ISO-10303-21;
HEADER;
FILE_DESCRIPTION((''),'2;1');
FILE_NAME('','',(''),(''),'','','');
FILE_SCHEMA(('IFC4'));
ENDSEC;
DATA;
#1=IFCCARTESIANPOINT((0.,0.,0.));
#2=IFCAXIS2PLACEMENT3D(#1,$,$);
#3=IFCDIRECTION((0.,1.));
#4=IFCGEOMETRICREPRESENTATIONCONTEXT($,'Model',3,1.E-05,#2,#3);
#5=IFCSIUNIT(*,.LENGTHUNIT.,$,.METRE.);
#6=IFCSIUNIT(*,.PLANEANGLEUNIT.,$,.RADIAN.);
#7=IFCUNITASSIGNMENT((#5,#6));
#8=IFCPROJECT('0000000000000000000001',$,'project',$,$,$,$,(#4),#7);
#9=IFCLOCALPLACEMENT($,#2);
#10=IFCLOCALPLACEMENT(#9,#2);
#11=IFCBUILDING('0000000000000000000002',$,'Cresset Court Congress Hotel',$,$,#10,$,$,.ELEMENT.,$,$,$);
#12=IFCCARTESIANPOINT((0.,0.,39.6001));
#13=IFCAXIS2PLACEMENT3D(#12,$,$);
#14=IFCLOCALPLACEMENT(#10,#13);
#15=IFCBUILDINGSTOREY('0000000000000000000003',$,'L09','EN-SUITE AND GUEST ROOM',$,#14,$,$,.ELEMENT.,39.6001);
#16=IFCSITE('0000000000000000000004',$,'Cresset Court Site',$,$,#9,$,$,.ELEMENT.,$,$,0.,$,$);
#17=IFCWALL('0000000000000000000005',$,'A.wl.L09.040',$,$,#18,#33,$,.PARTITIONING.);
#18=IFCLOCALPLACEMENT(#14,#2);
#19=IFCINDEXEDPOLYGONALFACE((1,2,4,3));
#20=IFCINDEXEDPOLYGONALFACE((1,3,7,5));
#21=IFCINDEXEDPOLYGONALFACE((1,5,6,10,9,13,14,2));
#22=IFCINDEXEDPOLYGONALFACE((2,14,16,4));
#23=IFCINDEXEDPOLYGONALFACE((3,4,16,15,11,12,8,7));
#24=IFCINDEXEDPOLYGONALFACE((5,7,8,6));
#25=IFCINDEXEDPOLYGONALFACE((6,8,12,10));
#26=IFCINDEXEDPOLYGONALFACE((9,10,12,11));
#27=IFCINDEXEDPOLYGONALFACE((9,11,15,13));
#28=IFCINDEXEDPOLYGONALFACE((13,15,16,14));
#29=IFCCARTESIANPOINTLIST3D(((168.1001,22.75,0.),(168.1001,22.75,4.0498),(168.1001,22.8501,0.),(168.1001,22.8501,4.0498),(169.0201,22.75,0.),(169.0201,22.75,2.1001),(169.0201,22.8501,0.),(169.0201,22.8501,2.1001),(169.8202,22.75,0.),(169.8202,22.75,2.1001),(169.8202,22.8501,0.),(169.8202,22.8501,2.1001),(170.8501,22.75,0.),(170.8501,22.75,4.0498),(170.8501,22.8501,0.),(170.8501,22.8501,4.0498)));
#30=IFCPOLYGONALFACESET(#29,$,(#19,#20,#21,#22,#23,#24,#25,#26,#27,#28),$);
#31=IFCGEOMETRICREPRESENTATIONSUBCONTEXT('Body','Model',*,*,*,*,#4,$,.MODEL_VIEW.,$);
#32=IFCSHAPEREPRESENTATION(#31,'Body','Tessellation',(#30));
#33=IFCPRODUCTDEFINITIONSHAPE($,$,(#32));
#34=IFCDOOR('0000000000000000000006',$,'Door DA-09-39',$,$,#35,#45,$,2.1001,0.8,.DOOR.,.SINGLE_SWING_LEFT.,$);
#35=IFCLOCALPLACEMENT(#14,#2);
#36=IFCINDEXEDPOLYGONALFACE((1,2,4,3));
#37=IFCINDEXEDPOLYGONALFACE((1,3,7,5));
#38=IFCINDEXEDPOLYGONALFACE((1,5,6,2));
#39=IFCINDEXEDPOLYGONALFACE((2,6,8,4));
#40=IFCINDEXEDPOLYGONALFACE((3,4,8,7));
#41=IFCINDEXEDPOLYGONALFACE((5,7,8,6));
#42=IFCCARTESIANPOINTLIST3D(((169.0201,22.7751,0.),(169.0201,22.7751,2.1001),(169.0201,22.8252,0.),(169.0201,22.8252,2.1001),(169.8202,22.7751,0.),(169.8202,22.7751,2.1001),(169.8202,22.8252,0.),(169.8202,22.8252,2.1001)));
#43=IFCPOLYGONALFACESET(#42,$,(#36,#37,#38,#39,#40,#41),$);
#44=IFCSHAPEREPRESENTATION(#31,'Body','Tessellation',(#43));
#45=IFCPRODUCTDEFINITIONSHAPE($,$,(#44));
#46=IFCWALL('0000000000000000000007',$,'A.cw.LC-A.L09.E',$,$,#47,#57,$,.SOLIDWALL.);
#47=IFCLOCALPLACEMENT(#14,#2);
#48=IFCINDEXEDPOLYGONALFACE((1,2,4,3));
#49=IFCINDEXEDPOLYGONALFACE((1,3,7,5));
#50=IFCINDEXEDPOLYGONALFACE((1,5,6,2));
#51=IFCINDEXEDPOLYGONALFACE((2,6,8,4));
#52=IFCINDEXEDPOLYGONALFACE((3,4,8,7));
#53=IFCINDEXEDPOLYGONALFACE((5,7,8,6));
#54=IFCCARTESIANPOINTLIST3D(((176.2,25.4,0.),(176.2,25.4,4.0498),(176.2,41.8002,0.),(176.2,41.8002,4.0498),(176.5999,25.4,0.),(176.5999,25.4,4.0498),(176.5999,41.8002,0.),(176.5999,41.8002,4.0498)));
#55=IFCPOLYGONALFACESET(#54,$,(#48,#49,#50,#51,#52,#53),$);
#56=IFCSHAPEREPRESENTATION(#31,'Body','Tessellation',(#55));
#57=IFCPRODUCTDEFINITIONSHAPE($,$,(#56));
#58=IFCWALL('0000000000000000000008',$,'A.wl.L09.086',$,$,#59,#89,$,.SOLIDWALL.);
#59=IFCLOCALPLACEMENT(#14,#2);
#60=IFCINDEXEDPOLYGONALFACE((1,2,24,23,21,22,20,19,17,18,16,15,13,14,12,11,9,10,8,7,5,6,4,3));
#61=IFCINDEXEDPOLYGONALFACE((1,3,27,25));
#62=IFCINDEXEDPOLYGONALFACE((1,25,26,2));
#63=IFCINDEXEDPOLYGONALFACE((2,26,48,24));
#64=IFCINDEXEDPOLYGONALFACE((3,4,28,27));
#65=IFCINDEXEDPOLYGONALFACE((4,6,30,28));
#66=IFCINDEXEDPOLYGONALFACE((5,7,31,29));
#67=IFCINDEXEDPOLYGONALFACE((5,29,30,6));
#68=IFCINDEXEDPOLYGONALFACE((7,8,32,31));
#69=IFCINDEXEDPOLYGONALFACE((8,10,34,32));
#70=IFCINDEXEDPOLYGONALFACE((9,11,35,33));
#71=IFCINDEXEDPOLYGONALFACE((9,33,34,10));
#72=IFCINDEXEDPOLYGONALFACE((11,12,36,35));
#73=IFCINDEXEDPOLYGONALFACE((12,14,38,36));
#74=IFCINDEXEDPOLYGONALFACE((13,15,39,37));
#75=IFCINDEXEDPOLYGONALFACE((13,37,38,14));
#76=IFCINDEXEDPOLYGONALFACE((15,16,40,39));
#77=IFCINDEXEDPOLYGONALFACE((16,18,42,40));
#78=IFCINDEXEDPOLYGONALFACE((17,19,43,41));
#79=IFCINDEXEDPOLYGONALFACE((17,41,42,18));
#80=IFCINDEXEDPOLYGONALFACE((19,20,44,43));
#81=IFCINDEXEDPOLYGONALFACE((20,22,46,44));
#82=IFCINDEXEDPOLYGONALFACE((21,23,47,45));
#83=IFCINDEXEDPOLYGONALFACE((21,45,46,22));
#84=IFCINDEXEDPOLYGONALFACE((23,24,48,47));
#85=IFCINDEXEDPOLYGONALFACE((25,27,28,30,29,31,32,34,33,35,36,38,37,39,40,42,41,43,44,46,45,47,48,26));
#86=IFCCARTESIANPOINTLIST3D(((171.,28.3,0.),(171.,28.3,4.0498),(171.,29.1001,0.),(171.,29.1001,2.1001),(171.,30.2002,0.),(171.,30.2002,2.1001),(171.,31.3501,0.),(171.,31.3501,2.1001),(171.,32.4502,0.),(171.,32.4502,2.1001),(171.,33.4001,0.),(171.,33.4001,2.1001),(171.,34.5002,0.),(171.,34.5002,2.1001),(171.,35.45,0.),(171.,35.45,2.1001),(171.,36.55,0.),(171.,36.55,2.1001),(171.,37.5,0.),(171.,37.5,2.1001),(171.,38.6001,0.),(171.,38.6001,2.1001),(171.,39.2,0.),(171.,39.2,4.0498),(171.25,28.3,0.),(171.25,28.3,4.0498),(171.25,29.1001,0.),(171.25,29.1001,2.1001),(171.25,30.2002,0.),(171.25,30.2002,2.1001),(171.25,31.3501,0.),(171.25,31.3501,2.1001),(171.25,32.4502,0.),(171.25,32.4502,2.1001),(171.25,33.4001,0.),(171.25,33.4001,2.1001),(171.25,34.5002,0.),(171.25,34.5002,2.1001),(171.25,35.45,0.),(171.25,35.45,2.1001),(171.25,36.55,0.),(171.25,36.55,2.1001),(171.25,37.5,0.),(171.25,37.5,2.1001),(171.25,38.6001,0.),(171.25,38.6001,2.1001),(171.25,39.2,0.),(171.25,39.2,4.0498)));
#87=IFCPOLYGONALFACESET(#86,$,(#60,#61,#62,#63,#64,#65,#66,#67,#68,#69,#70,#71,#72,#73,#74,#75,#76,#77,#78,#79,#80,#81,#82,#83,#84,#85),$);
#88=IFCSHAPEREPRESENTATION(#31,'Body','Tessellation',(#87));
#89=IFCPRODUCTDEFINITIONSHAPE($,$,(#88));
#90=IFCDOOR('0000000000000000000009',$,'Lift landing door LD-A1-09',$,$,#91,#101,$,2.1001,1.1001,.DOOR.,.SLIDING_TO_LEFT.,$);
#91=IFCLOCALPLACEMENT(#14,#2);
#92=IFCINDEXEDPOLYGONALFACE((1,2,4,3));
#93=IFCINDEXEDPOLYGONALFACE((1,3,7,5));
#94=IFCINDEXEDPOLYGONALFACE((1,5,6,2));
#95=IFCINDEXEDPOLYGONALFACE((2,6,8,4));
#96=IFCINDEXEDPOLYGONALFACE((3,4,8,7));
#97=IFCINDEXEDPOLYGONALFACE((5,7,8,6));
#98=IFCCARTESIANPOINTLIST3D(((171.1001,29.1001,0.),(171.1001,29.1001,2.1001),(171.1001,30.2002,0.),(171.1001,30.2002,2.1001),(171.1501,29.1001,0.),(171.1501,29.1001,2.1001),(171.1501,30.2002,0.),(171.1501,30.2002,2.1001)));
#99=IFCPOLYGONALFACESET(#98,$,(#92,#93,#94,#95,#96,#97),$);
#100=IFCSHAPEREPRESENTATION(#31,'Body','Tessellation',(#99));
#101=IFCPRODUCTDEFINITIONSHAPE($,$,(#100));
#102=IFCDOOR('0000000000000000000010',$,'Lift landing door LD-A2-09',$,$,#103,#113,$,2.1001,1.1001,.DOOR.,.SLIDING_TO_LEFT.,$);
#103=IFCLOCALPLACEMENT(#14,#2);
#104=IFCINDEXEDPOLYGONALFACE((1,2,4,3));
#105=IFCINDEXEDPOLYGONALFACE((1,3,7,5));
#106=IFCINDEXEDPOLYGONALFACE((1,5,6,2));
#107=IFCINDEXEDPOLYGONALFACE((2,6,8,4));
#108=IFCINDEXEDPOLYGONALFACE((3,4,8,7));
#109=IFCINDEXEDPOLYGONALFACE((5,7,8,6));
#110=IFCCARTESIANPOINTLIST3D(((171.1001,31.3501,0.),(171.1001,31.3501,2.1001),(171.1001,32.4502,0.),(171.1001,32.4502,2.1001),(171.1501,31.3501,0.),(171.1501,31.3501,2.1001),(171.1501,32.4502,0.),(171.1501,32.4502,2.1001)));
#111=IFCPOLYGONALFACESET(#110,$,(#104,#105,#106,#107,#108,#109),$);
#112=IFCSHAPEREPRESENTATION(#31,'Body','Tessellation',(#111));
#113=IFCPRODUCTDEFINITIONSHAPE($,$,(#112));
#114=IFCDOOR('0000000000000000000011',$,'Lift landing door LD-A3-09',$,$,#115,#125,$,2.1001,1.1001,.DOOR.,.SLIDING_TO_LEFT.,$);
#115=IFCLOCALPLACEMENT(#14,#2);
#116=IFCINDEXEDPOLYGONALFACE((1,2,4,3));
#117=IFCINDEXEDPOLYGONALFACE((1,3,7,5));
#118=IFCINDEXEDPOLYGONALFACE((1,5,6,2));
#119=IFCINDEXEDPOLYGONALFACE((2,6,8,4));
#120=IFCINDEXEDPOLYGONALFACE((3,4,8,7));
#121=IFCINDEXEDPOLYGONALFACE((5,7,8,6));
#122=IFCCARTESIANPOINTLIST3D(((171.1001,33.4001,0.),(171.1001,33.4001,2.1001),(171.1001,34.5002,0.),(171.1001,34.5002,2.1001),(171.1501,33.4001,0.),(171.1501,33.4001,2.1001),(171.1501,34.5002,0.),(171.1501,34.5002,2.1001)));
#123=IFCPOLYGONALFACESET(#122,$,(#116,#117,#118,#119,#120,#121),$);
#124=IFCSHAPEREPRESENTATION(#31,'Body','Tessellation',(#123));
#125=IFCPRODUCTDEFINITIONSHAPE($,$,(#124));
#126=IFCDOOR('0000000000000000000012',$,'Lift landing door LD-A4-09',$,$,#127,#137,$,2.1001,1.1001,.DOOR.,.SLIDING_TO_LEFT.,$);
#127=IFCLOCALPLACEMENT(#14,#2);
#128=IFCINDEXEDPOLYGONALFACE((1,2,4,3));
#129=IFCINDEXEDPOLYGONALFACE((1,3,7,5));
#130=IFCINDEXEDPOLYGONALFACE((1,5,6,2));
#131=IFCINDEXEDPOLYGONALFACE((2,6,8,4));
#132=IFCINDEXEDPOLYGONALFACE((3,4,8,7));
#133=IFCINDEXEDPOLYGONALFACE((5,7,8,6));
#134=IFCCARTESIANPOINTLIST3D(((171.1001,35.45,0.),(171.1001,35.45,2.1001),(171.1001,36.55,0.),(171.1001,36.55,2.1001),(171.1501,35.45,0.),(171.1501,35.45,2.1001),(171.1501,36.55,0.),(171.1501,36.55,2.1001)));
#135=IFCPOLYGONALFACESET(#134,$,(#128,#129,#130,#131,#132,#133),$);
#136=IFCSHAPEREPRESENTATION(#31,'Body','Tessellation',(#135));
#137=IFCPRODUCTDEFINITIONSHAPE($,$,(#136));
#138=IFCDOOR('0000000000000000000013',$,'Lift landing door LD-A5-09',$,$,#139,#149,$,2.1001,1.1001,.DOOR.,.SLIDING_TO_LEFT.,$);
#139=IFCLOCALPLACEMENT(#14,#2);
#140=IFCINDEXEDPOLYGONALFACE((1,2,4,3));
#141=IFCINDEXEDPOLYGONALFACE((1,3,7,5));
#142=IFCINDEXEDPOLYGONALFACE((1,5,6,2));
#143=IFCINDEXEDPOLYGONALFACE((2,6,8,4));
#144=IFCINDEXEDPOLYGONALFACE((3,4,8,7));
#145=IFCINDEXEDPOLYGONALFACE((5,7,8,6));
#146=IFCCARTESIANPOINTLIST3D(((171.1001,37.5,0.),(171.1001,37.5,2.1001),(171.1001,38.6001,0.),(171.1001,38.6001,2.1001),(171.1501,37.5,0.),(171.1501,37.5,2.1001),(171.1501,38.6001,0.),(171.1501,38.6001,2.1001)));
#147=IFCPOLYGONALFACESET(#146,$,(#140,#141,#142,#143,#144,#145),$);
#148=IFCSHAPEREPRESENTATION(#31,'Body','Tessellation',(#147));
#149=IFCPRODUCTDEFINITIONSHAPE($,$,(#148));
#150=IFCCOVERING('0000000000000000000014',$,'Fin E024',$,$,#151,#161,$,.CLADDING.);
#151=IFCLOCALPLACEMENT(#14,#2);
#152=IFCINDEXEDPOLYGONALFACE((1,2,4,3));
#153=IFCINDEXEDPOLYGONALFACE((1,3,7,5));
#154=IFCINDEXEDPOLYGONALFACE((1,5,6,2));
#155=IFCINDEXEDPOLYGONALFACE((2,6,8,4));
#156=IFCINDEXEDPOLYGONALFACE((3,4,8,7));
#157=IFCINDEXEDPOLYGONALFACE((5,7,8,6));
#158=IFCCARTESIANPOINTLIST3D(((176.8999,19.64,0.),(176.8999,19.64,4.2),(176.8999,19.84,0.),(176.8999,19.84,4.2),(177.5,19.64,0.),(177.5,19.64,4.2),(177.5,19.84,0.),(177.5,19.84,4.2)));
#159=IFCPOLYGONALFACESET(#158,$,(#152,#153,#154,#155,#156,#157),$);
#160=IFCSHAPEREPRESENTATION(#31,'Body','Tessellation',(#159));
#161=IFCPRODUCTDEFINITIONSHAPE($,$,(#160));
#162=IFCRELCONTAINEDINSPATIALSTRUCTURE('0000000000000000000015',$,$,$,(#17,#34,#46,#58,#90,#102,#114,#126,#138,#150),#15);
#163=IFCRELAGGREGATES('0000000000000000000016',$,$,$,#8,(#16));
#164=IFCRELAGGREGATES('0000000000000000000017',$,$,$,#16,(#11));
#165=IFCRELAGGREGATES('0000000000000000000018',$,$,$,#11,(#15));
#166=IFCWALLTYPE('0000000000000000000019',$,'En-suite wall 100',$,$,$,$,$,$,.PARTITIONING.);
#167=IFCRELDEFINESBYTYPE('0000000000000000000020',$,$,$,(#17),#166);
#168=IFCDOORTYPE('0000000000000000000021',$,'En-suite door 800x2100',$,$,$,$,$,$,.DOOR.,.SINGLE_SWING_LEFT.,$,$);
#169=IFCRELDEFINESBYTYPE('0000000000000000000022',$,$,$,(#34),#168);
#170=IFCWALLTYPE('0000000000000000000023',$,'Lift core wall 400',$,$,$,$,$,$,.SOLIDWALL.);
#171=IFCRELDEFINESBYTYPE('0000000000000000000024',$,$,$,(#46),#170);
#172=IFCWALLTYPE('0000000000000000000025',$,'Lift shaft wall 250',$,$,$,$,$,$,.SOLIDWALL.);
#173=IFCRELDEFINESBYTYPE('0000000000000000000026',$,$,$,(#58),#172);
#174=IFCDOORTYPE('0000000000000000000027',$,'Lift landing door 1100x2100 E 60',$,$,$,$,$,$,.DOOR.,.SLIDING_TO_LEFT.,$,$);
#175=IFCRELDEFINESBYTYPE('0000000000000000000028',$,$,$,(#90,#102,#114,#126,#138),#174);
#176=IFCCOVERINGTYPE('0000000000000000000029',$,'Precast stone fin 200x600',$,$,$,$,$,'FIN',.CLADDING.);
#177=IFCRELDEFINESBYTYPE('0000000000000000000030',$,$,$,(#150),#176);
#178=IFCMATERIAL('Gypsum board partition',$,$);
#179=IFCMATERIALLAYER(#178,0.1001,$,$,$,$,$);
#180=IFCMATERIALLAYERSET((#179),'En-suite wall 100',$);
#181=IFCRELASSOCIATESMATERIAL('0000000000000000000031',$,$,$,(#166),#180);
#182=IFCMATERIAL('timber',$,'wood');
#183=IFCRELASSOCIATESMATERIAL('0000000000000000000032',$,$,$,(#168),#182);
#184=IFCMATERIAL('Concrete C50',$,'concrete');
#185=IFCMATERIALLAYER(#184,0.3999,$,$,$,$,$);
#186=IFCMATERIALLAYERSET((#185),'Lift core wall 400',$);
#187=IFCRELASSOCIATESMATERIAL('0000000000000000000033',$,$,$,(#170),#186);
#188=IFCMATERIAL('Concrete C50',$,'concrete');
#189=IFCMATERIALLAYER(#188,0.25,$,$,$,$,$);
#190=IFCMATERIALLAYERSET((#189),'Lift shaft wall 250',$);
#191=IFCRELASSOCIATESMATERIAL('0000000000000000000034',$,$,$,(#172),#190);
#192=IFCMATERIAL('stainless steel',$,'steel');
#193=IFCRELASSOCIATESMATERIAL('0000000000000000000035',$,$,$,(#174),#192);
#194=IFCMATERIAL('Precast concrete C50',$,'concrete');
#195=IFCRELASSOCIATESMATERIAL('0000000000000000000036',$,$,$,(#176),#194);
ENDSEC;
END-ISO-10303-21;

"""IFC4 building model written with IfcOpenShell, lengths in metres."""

from ifc_helpers import new_model, si_unit, direction, frame, frame_2d, origin, origin_2d, place, context, subcontext, project, spatial, rectangle, extrude, material, layer, layer_set, type_object, element, fill, save


model = new_model("IFC4")

# Units and contexts
model_context = context("Model", 3, precision=1e-05, world=origin(), true_north=direction((0.0, 1.0)))
body_context = subcontext(model_context, "Body", "Model", "MODEL_VIEW")
ifc_project = project(units=[si_unit("LENGTHUNIT", "METRE"), si_unit("PLANEANGLEUNIT", "RADIAN")], contexts=[model_context])

# Site, building, storey
site_placement = place(None, origin())
site = spatial("IfcSite", under=ifc_project, at=site_placement, Name="Cresset Court Site", CompositionType="ELEMENT", RefElevation=0.0)
building_placement = place(site_placement, origin())
building = spatial("IfcBuilding", under=site, at=building_placement, Name="Cresset Court Congress Hotel", CompositionType="ELEMENT")
storey_placement = place(building_placement, frame((0.0, 0.0, 39.6001)))
storey = spatial("IfcBuildingStorey", under=building, at=storey_placement, Name="L09", Description="EN-SUITE AND GUEST ROOM", CompositionType="ELEMENT", Elevation=39.6001)

# Wall, opening, door
ifc_material_1 = material(Name="Gypsum board partition")
ifc_layer_1 = layer(ifc_material_1, 0.1001)
ifc_layer_set_1 = layer_set([ifc_layer_1], Name="En-suite wall 100")
wall_type_1 = type_object("IfcWallType", Name="En-suite wall 100", PredefinedType="PARTITIONING", material=ifc_layer_set_1)
wall_1_placement = place(storey_placement, frame((170.8501, 22.8, 0.0), z_axis=(0.0, 0.0, 1.0), x_axis=(-1.0, 0.0, 0.0)))
wall_1 = element("IfcWall", 1, at=wall_1_placement, inside=storey, type_object=wall_type_1, Name="A.wl.L09.040", PredefinedType="PARTITIONING", context=body_context, shape_type="SweptSolid", body=[
    extrude(rectangle(XDim=2.75, YDim=0.1001, at=frame_2d((1.375, 0.0))), origin(), (0.0, 0.0, 1.0), 4.0498),
])
opening_1_placement = place(wall_1_placement, frame((1.03, 0.0, 0.0)))
opening_1 = element("IfcOpeningElement", 2, at=opening_1_placement, cuts=wall_1, PredefinedType="OPENING", context=body_context, shape_type="SweptSolid", body=[
    extrude(rectangle(XDim=0.8, YDim=2.1001, at=frame_2d((0.3999, 1.05))), frame((0.0, 0.0601, 0.0), z_axis=(0.0, -1.0, 0.0), x_axis=(1.0, 0.0, 0.0)), (0.0, 0.0, 1.0), 0.1201),
])
ifc_material_2 = material(Name="timber", Category="wood")
door_type_1 = type_object("IfcDoorType", Name="En-suite door 800x2100", OperationType="SINGLE_SWING_LEFT", PredefinedType="DOOR", material=ifc_material_2)
door_1_placement = place(opening_1_placement, origin())
door_1 = element("IfcDoor", 3, at=door_1_placement, inside=storey, type_object=door_type_1, Name="Door DA-09-39", OperationType="SINGLE_SWING_LEFT", OverallHeight=2.1001, OverallWidth=0.8, PredefinedType="DOOR", context=body_context, shape_type="SweptSolid", body=[
    extrude(rectangle(XDim=0.8, YDim=2.1001, at=frame_2d((0.3999, 1.05))), frame((0.0, 0.0249, 0.0), z_axis=(0.0, -1.0, 0.0), x_axis=(1.0, 0.0, 0.0)), (0.0, 0.0, 1.0), 0.05),
])
fill(opening_1, door_1)

# Wall
ifc_material_3 = material(Name="Concrete C50", Category="concrete")
ifc_layer_2 = layer(ifc_material_3, 0.3999)
ifc_layer_set_2 = layer_set([ifc_layer_2], Name="Lift core wall 400")
wall_type_2 = type_object("IfcWallType", Name="Lift core wall 400", PredefinedType="SOLIDWALL", material=ifc_layer_set_2)
wall_2_placement = place(storey_placement, frame((176.3999, 25.3999, 0.0), z_axis=(0.0, 0.0, 1.0), x_axis=(0.0, 1.0, 0.0)))
element("IfcWall", 4, at=wall_2_placement, inside=storey, type_object=wall_type_2, Name="A.cw.LC-A.L09.E", PredefinedType="SOLIDWALL", context=body_context, shape_type="SweptSolid", body=[
    extrude(rectangle(XDim=16.4001, YDim=0.3999, at=frame_2d((8.2002, 0.0))), origin(), (0.0, 0.0, 1.0), 4.0498),
])

# Wall, openings, doors
ifc_material_4 = material(Name="Concrete C50", Category="concrete")
ifc_layer_3 = layer(ifc_material_4, 0.25)
ifc_layer_set_3 = layer_set([ifc_layer_3], Name="Lift shaft wall 250")
wall_type_3 = type_object("IfcWallType", Name="Lift shaft wall 250", PredefinedType="SOLIDWALL", material=ifc_layer_set_3)
wall_3_placement = place(storey_placement, frame((171.125, 28.3, 0.0), z_axis=(0.0, 0.0, 1.0), x_axis=(0.0, 1.0, 0.0)))
wall_3 = element("IfcWall", 5, at=wall_3_placement, inside=storey, type_object=wall_type_3, Name="A.wl.L09.086", PredefinedType="SOLIDWALL", context=body_context, shape_type="SweptSolid", body=[
    extrude(rectangle(XDim=10.8999, YDim=0.25, at=frame_2d((5.45, 0.0))), origin(), (0.0, 0.0, 1.0), 4.0498),
])
opening_2_placement = place(wall_3_placement, frame((0.8, 0.0, 0.0)))
opening_2 = element("IfcOpeningElement", 6, at=opening_2_placement, cuts=wall_3, PredefinedType="OPENING", context=body_context, shape_type="SweptSolid", body=[
    extrude(rectangle(XDim=1.1001, YDim=2.1001, at=frame_2d((0.55, 1.05))), frame((0.0, 0.135, 0.0), z_axis=(0.0, -1.0, 0.0), x_axis=(1.0, 0.0, 0.0)), (0.0, 0.0, 1.0), 0.27),
])
opening_3_placement = place(wall_3_placement, frame((3.05, 0.0, 0.0)))
opening_3 = element("IfcOpeningElement", 7, at=opening_3_placement, cuts=wall_3, PredefinedType="OPENING", context=body_context, shape_type="SweptSolid", body=[
    extrude(rectangle(XDim=1.1001, YDim=2.1001, at=frame_2d((0.55, 1.05))), frame((0.0, 0.135, 0.0), z_axis=(0.0, -1.0, 0.0), x_axis=(1.0, 0.0, 0.0)), (0.0, 0.0, 1.0), 0.27),
])
opening_4_placement = place(wall_3_placement, frame((5.1001, 0.0, 0.0)))
opening_4 = element("IfcOpeningElement", 8, at=opening_4_placement, cuts=wall_3, PredefinedType="OPENING", context=body_context, shape_type="SweptSolid", body=[
    extrude(rectangle(XDim=1.1001, YDim=2.1001, at=frame_2d((0.55, 1.05))), frame((0.0, 0.135, 0.0), z_axis=(0.0, -1.0, 0.0), x_axis=(1.0, 0.0, 0.0)), (0.0, 0.0, 1.0), 0.27),
])
opening_5_placement = place(wall_3_placement, frame((7.1499, 0.0, 0.0)))
opening_5 = element("IfcOpeningElement", 9, at=opening_5_placement, cuts=wall_3, PredefinedType="OPENING", context=body_context, shape_type="SweptSolid", body=[
    extrude(rectangle(XDim=1.1001, YDim=2.1001, at=frame_2d((0.55, 1.05))), frame((0.0, 0.135, 0.0), z_axis=(0.0, -1.0, 0.0), x_axis=(1.0, 0.0, 0.0)), (0.0, 0.0, 1.0), 0.27),
])
opening_6_placement = place(wall_3_placement, frame((9.2, 0.0, 0.0)))
opening_6 = element("IfcOpeningElement", 10, at=opening_6_placement, cuts=wall_3, PredefinedType="OPENING", context=body_context, shape_type="SweptSolid", body=[
    extrude(rectangle(XDim=1.1001, YDim=2.1001, at=frame_2d((0.55, 1.05))), frame((0.0, 0.135, 0.0), z_axis=(0.0, -1.0, 0.0), x_axis=(1.0, 0.0, 0.0)), (0.0, 0.0, 1.0), 0.27),
])
ifc_material_5 = material(Name="stainless steel", Category="steel")
door_type_2 = type_object("IfcDoorType", Name="Lift landing door 1100x2100 E 60", OperationType="SLIDING_TO_LEFT", PredefinedType="DOOR", material=ifc_material_5)
door_2_placement = place(opening_2_placement, origin())
door_2 = element("IfcDoor", 11, at=door_2_placement, inside=storey, type_object=door_type_2, Name="Lift landing door LD-A1-09", OperationType="SLIDING_TO_LEFT", OverallHeight=2.1001, OverallWidth=1.1001, PredefinedType="DOOR", context=body_context, shape_type="SweptSolid", body=[
    extrude(rectangle(XDim=1.1001, YDim=2.1001, at=frame_2d((0.55, 1.05))), frame((0.0, 0.0249, 0.0), z_axis=(0.0, -1.0, 0.0), x_axis=(1.0, 0.0, 0.0)), (0.0, 0.0, 1.0), 0.05),
])
fill(opening_2, door_2)
door_3_placement = place(opening_3_placement, origin())
door_3 = element("IfcDoor", 12, at=door_3_placement, inside=storey, type_object=door_type_2, Name="Lift landing door LD-A2-09", OperationType="SLIDING_TO_LEFT", OverallHeight=2.1001, OverallWidth=1.1001, PredefinedType="DOOR", context=body_context, shape_type="SweptSolid", body=[
    extrude(rectangle(XDim=1.1001, YDim=2.1001, at=frame_2d((0.55, 1.05))), frame((0.0, 0.0249, 0.0), z_axis=(0.0, -1.0, 0.0), x_axis=(1.0, 0.0, 0.0)), (0.0, 0.0, 1.0), 0.05),
])
fill(opening_3, door_3)
door_4_placement = place(opening_4_placement, origin())
door_4 = element("IfcDoor", 13, at=door_4_placement, inside=storey, type_object=door_type_2, Name="Lift landing door LD-A3-09", OperationType="SLIDING_TO_LEFT", OverallHeight=2.1001, OverallWidth=1.1001, PredefinedType="DOOR", context=body_context, shape_type="SweptSolid", body=[
    extrude(rectangle(XDim=1.1001, YDim=2.1001, at=frame_2d((0.55, 1.05))), frame((0.0, 0.0249, 0.0), z_axis=(0.0, -1.0, 0.0), x_axis=(1.0, 0.0, 0.0)), (0.0, 0.0, 1.0), 0.05),
])
fill(opening_4, door_4)
door_5_placement = place(opening_5_placement, origin())
door_5 = element("IfcDoor", 14, at=door_5_placement, inside=storey, type_object=door_type_2, Name="Lift landing door LD-A4-09", OperationType="SLIDING_TO_LEFT", OverallHeight=2.1001, OverallWidth=1.1001, PredefinedType="DOOR", context=body_context, shape_type="SweptSolid", body=[
    extrude(rectangle(XDim=1.1001, YDim=2.1001, at=frame_2d((0.55, 1.05))), frame((0.0, 0.0249, 0.0), z_axis=(0.0, -1.0, 0.0), x_axis=(1.0, 0.0, 0.0)), (0.0, 0.0, 1.0), 0.05),
])
fill(opening_5, door_5)
door_6_placement = place(opening_6_placement, origin())
door_6 = element("IfcDoor", 15, at=door_6_placement, inside=storey, type_object=door_type_2, Name="Lift landing door LD-A5-09", OperationType="SLIDING_TO_LEFT", OverallHeight=2.1001, OverallWidth=1.1001, PredefinedType="DOOR", context=body_context, shape_type="SweptSolid", body=[
    extrude(rectangle(XDim=1.1001, YDim=2.1001, at=frame_2d((0.55, 1.05))), frame((0.0, 0.0249, 0.0), z_axis=(0.0, -1.0, 0.0), x_axis=(1.0, 0.0, 0.0)), (0.0, 0.0, 1.0), 0.05),
])
fill(opening_6, door_6)

# Covering
ifc_material_6 = material(Name="Precast concrete C50", Category="concrete")
covering_type_1 = type_object("IfcCoveringType", Name="Precast stone fin 200x600", ElementType="FIN", PredefinedType="CLADDING", material=ifc_material_6)
for number, where, z_axis, x_axis, name in (
    (16, (177.2, 19.74, 0.0), (0.0, 0.0, 1.0), (1.0, 0.0, 0.0), "Fin E024"),
):
    element("IfcCovering", number, at=place(storey_placement, frame(where, z_axis=z_axis, x_axis=x_axis)), inside=storey, type_object=covering_type_1, Name=name, PredefinedType="CLADDING", context=body_context, shape_type="SweptSolid", body=[
        extrude(rectangle(XDim=0.6001, YDim=0.2, at=origin_2d()), origin(), (0.0, 0.0, 1.0), 4.2),
    ])

save(model, "model.ifc")
